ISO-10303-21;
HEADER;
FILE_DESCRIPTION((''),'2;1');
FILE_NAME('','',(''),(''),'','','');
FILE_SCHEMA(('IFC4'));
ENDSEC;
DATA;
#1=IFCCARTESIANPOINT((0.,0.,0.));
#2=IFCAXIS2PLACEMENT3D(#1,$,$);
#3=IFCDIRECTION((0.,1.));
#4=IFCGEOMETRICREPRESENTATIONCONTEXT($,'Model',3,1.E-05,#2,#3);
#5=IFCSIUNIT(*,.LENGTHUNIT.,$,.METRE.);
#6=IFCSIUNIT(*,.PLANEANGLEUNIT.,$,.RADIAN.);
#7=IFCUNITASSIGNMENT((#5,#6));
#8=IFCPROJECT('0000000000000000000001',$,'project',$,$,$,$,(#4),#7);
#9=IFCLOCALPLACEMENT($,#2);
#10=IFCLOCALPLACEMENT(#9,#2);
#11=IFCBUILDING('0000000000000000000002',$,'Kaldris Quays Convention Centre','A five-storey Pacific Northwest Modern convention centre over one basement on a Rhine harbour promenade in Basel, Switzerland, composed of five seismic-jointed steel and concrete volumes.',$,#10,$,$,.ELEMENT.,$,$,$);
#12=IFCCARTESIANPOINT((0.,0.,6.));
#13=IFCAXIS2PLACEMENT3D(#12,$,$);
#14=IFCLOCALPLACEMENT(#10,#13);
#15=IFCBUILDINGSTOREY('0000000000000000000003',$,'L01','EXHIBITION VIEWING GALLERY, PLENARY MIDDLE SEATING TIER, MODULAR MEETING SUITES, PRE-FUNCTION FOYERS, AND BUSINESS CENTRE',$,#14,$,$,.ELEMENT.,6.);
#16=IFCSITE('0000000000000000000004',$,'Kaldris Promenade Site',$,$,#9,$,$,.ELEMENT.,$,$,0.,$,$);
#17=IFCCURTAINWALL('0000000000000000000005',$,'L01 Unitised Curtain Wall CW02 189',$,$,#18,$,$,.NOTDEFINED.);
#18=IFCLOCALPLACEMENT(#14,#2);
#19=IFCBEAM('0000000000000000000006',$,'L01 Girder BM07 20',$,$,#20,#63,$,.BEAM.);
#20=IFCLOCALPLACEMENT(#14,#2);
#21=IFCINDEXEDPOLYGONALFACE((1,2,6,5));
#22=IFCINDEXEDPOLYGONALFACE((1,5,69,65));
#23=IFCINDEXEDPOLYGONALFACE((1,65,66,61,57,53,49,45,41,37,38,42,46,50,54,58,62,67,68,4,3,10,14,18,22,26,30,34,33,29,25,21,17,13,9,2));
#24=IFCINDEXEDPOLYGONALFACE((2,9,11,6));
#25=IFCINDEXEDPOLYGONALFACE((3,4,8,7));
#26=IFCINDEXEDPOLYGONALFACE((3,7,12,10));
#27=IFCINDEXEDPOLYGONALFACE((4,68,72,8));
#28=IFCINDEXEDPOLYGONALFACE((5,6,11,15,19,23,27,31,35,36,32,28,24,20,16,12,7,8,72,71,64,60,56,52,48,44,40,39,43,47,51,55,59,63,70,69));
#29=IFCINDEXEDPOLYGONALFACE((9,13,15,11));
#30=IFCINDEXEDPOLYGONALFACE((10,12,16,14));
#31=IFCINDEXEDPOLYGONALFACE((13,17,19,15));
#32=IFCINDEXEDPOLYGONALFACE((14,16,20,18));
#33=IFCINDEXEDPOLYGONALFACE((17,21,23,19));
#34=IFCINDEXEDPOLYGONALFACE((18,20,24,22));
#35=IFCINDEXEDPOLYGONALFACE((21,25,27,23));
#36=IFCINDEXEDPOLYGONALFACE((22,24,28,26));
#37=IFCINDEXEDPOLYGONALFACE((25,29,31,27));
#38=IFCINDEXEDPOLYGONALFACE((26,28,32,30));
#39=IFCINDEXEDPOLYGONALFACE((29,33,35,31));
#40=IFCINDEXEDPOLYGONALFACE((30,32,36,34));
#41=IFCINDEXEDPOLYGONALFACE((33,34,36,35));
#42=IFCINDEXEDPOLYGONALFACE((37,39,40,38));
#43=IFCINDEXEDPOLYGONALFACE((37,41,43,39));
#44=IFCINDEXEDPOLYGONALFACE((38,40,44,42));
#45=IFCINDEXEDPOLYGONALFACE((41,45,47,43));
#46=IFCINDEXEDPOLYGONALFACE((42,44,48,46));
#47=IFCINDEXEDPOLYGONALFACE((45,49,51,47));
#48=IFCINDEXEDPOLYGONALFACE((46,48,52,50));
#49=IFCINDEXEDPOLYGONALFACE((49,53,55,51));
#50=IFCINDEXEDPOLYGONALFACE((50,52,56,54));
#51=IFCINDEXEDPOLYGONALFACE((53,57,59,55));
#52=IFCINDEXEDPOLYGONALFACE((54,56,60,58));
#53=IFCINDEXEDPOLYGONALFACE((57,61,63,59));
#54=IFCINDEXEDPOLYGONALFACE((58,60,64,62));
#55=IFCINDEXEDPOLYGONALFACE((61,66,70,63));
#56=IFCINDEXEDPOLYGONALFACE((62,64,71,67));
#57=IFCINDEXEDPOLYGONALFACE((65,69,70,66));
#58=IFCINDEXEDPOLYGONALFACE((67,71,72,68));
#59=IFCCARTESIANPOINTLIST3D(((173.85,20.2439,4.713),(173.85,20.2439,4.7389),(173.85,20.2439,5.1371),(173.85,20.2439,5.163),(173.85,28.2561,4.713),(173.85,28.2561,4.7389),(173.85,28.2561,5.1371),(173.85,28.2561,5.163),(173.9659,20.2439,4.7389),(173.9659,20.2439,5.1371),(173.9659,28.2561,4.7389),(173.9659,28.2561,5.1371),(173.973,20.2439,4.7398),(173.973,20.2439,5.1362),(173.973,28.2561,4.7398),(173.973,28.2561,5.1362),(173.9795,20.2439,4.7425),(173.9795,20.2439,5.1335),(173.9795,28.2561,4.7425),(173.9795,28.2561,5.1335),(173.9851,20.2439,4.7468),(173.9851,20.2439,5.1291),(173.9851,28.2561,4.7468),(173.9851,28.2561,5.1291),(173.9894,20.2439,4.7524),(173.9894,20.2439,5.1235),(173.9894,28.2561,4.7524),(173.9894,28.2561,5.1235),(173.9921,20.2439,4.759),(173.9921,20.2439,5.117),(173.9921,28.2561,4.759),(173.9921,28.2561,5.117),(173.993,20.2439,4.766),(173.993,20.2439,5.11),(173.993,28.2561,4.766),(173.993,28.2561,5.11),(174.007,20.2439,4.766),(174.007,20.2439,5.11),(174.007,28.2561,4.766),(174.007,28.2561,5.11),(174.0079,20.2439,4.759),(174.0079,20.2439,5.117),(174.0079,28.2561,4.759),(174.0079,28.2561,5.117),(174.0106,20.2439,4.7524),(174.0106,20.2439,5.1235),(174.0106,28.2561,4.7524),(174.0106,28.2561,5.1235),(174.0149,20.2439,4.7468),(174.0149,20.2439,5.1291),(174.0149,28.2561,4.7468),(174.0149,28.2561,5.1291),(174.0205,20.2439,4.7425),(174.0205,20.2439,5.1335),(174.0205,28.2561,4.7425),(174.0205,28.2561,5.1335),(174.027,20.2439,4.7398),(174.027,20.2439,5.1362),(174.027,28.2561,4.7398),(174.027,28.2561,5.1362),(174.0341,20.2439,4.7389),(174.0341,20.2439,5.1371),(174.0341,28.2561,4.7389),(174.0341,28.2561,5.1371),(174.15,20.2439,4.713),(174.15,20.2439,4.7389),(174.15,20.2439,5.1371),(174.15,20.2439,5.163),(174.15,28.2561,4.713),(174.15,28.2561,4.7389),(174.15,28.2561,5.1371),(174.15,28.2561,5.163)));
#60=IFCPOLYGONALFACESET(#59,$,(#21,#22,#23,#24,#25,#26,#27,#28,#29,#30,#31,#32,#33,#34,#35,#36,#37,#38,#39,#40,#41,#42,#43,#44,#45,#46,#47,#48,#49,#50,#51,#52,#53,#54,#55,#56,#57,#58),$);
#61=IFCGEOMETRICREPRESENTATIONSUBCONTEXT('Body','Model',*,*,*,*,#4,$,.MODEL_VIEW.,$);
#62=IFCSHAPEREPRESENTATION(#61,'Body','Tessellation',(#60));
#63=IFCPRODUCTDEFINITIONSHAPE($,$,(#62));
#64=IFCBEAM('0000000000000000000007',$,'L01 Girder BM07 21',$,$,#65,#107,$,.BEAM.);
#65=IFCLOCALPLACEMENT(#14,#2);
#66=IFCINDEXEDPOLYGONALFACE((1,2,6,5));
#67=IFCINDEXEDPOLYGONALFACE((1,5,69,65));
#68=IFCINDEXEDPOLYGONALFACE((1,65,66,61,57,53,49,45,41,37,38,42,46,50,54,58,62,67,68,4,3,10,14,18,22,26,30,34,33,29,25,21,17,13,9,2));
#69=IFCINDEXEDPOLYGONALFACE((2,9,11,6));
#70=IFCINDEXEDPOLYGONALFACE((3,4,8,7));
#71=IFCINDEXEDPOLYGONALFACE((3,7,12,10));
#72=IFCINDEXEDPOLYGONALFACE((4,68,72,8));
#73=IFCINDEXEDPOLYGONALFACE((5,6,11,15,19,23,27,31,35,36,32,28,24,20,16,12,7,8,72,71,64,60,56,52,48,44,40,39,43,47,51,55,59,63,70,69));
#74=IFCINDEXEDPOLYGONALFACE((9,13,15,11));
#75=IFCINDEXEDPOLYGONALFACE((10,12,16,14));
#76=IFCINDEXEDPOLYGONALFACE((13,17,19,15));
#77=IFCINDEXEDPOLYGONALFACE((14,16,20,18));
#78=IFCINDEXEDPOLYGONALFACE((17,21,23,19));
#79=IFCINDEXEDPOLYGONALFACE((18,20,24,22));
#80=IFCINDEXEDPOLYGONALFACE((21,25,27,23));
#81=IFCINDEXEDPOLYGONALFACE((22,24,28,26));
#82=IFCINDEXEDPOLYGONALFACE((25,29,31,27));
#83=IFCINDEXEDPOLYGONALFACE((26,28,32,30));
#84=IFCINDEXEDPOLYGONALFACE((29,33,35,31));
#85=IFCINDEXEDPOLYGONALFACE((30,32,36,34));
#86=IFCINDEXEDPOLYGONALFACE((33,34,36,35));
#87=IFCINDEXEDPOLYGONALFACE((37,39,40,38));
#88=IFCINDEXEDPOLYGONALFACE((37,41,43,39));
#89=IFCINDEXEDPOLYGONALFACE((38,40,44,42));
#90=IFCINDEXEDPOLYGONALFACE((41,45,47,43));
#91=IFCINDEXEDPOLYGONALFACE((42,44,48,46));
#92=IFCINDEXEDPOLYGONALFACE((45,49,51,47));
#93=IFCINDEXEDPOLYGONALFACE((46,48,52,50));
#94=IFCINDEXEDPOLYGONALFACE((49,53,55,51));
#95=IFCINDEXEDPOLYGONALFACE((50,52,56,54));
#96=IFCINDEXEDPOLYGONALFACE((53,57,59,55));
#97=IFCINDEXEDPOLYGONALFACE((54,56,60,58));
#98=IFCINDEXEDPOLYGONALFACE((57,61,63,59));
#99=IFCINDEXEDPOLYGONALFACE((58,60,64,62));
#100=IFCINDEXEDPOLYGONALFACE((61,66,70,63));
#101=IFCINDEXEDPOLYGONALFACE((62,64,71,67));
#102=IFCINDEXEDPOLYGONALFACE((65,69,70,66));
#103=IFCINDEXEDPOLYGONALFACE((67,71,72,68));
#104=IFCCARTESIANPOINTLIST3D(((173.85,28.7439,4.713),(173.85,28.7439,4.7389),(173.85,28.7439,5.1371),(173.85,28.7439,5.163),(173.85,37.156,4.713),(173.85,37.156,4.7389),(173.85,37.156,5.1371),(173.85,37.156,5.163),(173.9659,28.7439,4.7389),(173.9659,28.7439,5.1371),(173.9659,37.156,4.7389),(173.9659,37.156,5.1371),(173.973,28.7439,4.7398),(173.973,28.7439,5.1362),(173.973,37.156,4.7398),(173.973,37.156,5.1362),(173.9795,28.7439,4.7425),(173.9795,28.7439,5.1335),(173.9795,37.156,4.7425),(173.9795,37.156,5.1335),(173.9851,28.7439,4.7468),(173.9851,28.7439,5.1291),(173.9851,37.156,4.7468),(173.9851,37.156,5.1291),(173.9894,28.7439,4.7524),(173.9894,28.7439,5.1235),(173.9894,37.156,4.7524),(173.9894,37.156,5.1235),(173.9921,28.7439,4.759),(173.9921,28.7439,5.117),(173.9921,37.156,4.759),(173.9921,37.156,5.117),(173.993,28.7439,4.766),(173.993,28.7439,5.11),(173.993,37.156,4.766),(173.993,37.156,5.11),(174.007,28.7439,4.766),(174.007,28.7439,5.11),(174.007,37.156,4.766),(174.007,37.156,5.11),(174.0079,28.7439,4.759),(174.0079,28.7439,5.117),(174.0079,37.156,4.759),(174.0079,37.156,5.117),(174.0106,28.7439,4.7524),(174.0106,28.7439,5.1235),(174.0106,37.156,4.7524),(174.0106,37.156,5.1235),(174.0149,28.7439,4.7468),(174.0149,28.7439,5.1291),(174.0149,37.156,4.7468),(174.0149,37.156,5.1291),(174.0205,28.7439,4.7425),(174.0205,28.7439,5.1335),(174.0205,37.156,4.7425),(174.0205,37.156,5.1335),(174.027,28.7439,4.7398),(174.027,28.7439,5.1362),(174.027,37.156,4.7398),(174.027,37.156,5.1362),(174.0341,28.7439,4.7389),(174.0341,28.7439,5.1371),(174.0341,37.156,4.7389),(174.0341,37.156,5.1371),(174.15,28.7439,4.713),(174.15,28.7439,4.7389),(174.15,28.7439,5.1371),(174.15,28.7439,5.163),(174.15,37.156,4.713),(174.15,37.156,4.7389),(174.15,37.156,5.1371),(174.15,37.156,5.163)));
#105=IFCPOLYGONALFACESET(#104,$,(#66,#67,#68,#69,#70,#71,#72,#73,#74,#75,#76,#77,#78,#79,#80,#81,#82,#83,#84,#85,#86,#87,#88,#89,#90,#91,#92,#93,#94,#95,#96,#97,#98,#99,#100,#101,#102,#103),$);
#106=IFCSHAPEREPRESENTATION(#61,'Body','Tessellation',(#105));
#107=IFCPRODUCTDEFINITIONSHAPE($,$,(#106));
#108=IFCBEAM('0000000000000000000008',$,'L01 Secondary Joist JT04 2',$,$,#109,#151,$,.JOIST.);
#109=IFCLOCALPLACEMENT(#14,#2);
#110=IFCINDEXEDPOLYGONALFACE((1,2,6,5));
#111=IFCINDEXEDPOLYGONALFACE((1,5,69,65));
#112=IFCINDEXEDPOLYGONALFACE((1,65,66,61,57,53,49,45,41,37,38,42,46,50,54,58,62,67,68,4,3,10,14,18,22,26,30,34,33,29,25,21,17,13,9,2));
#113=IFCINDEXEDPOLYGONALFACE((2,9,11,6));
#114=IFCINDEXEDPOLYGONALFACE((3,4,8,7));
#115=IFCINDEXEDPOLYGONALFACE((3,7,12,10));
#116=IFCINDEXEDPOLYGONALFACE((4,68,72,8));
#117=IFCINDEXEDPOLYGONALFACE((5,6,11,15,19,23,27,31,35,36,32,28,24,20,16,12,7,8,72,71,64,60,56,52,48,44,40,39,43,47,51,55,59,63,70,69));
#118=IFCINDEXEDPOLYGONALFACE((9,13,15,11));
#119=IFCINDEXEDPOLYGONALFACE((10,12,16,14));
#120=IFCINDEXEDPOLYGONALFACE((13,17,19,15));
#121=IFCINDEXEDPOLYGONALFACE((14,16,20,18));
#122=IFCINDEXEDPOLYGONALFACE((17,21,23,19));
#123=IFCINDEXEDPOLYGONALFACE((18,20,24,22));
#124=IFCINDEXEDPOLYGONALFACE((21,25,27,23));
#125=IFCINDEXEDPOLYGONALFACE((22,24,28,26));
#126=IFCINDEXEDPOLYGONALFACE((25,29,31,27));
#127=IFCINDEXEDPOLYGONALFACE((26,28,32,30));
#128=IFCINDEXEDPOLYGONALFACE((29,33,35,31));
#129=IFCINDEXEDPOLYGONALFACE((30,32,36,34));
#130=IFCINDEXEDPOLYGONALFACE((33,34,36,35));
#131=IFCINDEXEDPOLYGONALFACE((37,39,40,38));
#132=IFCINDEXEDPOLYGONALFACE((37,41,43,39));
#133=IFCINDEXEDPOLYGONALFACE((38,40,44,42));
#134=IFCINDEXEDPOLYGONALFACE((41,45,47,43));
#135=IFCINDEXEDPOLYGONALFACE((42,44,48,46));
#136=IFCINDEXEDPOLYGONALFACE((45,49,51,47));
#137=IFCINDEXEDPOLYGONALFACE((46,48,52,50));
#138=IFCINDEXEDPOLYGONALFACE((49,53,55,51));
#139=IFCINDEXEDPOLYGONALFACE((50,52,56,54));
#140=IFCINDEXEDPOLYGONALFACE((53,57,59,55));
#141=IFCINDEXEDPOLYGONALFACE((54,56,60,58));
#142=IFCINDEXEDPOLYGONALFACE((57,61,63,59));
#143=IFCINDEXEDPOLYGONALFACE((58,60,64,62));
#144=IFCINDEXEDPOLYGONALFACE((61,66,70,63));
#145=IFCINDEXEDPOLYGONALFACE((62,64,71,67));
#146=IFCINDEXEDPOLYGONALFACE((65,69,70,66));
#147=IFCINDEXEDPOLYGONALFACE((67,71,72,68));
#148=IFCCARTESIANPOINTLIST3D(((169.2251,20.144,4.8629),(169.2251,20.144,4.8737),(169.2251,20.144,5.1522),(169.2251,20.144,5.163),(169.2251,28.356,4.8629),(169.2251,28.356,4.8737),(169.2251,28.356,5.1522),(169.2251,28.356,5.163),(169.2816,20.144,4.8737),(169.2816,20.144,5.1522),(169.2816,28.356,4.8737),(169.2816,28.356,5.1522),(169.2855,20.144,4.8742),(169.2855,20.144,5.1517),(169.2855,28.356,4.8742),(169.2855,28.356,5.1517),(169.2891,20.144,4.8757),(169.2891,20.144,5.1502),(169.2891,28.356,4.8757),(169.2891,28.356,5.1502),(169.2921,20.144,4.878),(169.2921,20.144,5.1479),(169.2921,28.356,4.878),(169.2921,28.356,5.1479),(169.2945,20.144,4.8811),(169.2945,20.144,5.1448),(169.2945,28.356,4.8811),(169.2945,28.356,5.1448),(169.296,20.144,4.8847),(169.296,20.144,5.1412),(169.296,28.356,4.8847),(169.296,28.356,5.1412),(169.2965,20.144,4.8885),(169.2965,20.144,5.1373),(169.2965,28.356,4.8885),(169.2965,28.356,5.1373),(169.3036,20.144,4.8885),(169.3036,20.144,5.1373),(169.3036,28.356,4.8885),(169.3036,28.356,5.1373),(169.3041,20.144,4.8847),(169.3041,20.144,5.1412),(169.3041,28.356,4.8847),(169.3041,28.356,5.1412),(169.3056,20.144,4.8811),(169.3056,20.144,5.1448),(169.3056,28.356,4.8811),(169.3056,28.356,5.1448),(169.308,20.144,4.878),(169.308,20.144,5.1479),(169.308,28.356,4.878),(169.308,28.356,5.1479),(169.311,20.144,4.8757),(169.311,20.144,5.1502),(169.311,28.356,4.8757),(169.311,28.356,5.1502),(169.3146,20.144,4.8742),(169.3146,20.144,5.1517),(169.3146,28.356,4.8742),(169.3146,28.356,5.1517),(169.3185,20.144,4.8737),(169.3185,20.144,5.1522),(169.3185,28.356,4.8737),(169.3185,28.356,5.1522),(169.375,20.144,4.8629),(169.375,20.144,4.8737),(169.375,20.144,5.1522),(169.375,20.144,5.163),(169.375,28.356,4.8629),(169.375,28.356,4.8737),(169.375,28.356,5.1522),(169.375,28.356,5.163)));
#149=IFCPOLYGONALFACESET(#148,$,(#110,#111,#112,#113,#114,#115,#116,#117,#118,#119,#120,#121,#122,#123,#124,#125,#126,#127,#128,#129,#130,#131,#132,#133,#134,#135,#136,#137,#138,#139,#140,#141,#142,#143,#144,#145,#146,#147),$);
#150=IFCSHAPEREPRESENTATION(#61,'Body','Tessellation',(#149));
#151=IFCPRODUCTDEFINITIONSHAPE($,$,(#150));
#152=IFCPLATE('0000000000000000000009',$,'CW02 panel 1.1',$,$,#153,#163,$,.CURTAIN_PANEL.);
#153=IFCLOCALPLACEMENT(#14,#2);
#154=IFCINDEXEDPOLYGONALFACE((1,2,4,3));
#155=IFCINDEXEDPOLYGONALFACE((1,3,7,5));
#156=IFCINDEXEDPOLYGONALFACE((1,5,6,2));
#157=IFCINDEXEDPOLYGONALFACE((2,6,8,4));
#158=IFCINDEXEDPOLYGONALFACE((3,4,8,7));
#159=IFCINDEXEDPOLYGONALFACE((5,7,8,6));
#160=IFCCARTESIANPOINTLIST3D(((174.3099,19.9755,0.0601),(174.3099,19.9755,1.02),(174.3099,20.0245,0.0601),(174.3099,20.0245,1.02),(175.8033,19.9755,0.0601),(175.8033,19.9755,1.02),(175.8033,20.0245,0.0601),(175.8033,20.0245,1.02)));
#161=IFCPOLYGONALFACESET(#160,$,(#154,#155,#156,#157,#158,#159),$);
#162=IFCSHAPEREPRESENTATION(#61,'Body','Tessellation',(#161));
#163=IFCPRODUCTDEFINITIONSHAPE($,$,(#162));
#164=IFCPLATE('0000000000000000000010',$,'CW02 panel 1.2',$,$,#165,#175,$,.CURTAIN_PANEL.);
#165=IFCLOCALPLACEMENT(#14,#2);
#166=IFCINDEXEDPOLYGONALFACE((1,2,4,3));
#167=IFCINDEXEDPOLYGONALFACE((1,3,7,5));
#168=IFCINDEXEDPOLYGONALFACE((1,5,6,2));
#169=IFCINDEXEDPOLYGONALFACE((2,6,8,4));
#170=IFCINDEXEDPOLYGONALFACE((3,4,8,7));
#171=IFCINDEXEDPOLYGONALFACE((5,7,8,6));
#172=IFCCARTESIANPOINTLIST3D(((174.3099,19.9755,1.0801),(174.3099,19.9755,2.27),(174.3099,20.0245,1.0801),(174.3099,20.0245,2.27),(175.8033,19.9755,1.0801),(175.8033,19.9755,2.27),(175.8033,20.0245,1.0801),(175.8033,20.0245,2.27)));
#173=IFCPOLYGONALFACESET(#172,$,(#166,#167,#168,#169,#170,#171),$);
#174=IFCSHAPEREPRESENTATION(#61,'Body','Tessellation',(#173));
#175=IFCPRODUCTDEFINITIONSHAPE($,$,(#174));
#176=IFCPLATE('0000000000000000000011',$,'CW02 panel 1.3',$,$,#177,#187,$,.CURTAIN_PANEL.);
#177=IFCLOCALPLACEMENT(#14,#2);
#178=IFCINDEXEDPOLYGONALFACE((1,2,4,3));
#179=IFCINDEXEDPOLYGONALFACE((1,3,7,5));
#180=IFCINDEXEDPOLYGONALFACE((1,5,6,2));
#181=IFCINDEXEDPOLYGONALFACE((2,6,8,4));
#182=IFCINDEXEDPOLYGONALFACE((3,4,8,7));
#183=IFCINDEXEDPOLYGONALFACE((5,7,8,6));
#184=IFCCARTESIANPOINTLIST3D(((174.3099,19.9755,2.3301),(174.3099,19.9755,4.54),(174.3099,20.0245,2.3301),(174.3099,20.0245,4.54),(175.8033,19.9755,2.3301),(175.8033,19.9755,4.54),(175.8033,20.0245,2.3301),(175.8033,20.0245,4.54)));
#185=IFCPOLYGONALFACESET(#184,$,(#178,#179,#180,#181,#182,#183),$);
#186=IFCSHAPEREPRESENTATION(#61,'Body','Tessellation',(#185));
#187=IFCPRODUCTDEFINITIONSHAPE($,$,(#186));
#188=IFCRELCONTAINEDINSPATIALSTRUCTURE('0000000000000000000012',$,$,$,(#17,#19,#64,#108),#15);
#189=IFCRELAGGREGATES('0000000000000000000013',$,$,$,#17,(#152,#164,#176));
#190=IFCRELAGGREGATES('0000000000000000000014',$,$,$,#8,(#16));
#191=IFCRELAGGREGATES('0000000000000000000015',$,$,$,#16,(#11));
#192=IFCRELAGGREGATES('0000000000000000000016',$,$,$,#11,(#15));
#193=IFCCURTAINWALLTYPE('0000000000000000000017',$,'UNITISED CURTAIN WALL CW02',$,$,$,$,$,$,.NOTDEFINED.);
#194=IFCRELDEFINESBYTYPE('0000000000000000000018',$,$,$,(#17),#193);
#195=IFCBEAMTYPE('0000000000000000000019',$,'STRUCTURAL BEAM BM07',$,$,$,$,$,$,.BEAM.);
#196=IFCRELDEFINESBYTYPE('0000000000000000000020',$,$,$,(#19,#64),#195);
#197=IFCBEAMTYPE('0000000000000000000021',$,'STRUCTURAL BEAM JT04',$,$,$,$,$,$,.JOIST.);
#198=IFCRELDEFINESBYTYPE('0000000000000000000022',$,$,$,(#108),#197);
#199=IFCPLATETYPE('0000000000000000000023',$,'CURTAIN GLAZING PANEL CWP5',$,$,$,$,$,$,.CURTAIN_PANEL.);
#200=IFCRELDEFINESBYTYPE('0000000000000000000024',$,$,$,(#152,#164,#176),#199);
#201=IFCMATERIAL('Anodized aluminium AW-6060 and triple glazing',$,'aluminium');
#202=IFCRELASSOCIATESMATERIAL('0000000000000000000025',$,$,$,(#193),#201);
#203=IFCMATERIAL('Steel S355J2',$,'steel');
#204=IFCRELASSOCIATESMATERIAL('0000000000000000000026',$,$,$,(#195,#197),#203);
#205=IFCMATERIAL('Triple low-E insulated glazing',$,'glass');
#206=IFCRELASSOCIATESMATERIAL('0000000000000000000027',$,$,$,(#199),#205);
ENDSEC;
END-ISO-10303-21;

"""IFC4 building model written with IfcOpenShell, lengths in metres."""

from ifc_helpers import new_model, si_unit, direction, frame, origin, origin_2d, place, context, subcontext, project, spatial, rectangle, i_section, extrude, material, material_profile, profile_set, type_object, element, aggregate, save


model = new_model("IFC4")

# Units and contexts
model_context = context("Model", 3, precision=1e-05, world=origin(), true_north=direction((0.0, 1.0)))
body_context = subcontext(model_context, "Body", "Model", "MODEL_VIEW")
ifc_project = project(units=[si_unit("LENGTHUNIT", "METRE"), si_unit("PLANEANGLEUNIT", "RADIAN")], contexts=[model_context])

# Site, building, storey
site_placement = place(None, origin())
site = spatial("IfcSite", under=ifc_project, at=site_placement, Name="Kaldris Promenade Site", CompositionType="ELEMENT", RefElevation=0.0)
building_placement = place(site_placement, origin())
building = spatial("IfcBuilding", under=site, at=building_placement, Name="Kaldris Quays Convention Centre", Description="A five-storey Pacific Northwest Modern convention centre over one basement on a Rhine harbour promenade in Basel, Switzerland, composed of five seismic-jointed steel and concrete volumes.", CompositionType="ELEMENT")
storey_placement = place(building_placement, frame((0.0, 0.0, 6.0)))
storey = spatial("IfcBuildingStorey", under=building, at=storey_placement, Name="L01", Description="EXHIBITION VIEWING GALLERY, PLENARY MIDDLE SEATING TIER, MODULAR MEETING SUITES, PRE-FUNCTION FOYERS, AND BUSINESS CENTRE", CompositionType="ELEMENT", Elevation=6.0)

# Shared definitions
ifc_material_1 = material(Name="Steel S355J2", Category="steel")

# Shared definitions
ifc_material_2 = material(Name="Anodized aluminium AW-6060 and triple glazing", Category="aluminium")
curtain_wall_type = type_object("IfcCurtainWallType", Name="UNITISED CURTAIN WALL CW02", PredefinedType="NOTDEFINED", material=ifc_material_2)

# Curtain wall
curtain_wall_1_placement = place(storey_placement, origin())
curtain_wall_1 = element("IfcCurtainWall", 1, at=curtain_wall_1_placement, inside=storey, type_object=curtain_wall_type, Name="L01 Unitised Curtain Wall CW02 189", PredefinedType="NOTDEFINED")

# Beams
ifc_material_profile_1 = material_profile(ifc_material_1, i_section(OverallWidth=0.3, OverallDepth=0.45, WebThickness=0.0139, FlangeThickness=0.0259, FilletRadius=0.0271, at=origin_2d()), Name="HEB 450")
ifc_profile_set_1 = profile_set([ifc_material_profile_1], Name="Steel S355J2")
beam_type_1 = type_object("IfcBeamType", Name="STRUCTURAL BEAM BM07", PredefinedType="BEAM", material=ifc_profile_set_1)
beam_1_placement = place(storey_placement, frame((174.0, 20.2439, 4.938), z_axis=(0.0, 1.0, 0.0), x_axis=(-1.0, 0.0, 0.0)))
element("IfcBeam", 2, at=beam_1_placement, inside=storey, type_object=beam_type_1, Name="L01 Girder BM07 20", PredefinedType="BEAM", context=body_context, shape_type="SweptSolid", body=[
    extrude(i_section(OverallWidth=0.3, OverallDepth=0.45, WebThickness=0.0139, FlangeThickness=0.0259, FilletRadius=0.0271, at=origin_2d()), origin(), (0.0, 0.0, 1.0), 8.0122),
])
beam_2_placement = place(storey_placement, frame((174.0, 28.7439, 4.938), z_axis=(0.0, 1.0, 0.0), x_axis=(-1.0, 0.0, 0.0)))
element("IfcBeam", 3, at=beam_2_placement, inside=storey, type_object=beam_type_1, Name="L01 Girder BM07 21", PredefinedType="BEAM", context=body_context, shape_type="SweptSolid", body=[
    extrude(i_section(OverallWidth=0.3, OverallDepth=0.45, WebThickness=0.0139, FlangeThickness=0.0259, FilletRadius=0.0271, at=origin_2d()), origin(), (0.0, 0.0, 1.0), 8.4121),
])
ifc_material_profile_2 = material_profile(ifc_material_1, i_section(OverallWidth=0.1499, OverallDepth=0.3, WebThickness=0.0071, FlangeThickness=0.0107, FilletRadius=0.0149, at=origin_2d()), Name="IPE 300")
ifc_profile_set_2 = profile_set([ifc_material_profile_2], Name="Steel S355J2")
beam_type_2 = type_object("IfcBeamType", Name="STRUCTURAL BEAM JT04", PredefinedType="JOIST", material=ifc_profile_set_2)
beam_3_placement = place(storey_placement, frame((169.3, 20.144, 5.0129), z_axis=(0.0, 1.0, 0.0), x_axis=(-1.0, 0.0, 0.0)))
element("IfcBeam", 4, at=beam_3_placement, inside=storey, type_object=beam_type_2, Name="L01 Secondary Joist JT04 2", PredefinedType="JOIST", context=body_context, shape_type="SweptSolid", body=[
    extrude(i_section(OverallWidth=0.1499, OverallDepth=0.3, WebThickness=0.0071, FlangeThickness=0.0107, FilletRadius=0.0149, at=origin_2d()), origin(), (0.0, 0.0, 1.0), 8.2119),
])

# Plates
ifc_material_3 = material(Name="Triple low-E insulated glazing", Category="glass")
plate_type = type_object("IfcPlateType", Name="CURTAIN GLAZING PANEL CWP5", PredefinedType="CURTAIN_PANEL", material=ifc_material_3)
plate_1_placement = place(storey_placement, frame((175.0566, 20.0, 0.0601), z_axis=(0.0, 0.0, 1.0), x_axis=(1.0, 0.0, 0.0)))
plate_1 = element("IfcPlate", 5, at=plate_1_placement, type_object=plate_type, Name="CW02 panel 1.1", PredefinedType="CURTAIN_PANEL", context=body_context, shape_type="SweptSolid", body=[
    extrude(rectangle(XDim=1.4934, YDim=0.0491, at=origin_2d()), origin(), (0.0, 0.0, 1.0), 0.96),
])
plate_2_placement = place(storey_placement, frame((175.0566, 20.0, 1.0801), z_axis=(0.0, 0.0, 1.0), x_axis=(1.0, 0.0, 0.0)))
plate_2 = element("IfcPlate", 6, at=plate_2_placement, type_object=plate_type, Name="CW02 panel 1.2", PredefinedType="CURTAIN_PANEL", context=body_context, shape_type="SweptSolid", body=[
    extrude(rectangle(XDim=1.4934, YDim=0.0491, at=origin_2d()), origin(), (0.0, 0.0, 1.0), 1.1899),
])
plate_3_placement = place(storey_placement, frame((175.0566, 20.0, 2.3301), z_axis=(0.0, 0.0, 1.0), x_axis=(1.0, 0.0, 0.0)))
plate_3 = element("IfcPlate", 7, at=plate_3_placement, type_object=plate_type, Name="CW02 panel 1.3", PredefinedType="CURTAIN_PANEL", context=body_context, shape_type="SweptSolid", body=[
    extrude(rectangle(XDim=1.4934, YDim=0.0491, at=origin_2d()), origin(), (0.0, 0.0, 1.0), 2.21),
])
aggregate(curtain_wall_1, [plate_1, plate_2, plate_3])

save(model, "model.ifc")
